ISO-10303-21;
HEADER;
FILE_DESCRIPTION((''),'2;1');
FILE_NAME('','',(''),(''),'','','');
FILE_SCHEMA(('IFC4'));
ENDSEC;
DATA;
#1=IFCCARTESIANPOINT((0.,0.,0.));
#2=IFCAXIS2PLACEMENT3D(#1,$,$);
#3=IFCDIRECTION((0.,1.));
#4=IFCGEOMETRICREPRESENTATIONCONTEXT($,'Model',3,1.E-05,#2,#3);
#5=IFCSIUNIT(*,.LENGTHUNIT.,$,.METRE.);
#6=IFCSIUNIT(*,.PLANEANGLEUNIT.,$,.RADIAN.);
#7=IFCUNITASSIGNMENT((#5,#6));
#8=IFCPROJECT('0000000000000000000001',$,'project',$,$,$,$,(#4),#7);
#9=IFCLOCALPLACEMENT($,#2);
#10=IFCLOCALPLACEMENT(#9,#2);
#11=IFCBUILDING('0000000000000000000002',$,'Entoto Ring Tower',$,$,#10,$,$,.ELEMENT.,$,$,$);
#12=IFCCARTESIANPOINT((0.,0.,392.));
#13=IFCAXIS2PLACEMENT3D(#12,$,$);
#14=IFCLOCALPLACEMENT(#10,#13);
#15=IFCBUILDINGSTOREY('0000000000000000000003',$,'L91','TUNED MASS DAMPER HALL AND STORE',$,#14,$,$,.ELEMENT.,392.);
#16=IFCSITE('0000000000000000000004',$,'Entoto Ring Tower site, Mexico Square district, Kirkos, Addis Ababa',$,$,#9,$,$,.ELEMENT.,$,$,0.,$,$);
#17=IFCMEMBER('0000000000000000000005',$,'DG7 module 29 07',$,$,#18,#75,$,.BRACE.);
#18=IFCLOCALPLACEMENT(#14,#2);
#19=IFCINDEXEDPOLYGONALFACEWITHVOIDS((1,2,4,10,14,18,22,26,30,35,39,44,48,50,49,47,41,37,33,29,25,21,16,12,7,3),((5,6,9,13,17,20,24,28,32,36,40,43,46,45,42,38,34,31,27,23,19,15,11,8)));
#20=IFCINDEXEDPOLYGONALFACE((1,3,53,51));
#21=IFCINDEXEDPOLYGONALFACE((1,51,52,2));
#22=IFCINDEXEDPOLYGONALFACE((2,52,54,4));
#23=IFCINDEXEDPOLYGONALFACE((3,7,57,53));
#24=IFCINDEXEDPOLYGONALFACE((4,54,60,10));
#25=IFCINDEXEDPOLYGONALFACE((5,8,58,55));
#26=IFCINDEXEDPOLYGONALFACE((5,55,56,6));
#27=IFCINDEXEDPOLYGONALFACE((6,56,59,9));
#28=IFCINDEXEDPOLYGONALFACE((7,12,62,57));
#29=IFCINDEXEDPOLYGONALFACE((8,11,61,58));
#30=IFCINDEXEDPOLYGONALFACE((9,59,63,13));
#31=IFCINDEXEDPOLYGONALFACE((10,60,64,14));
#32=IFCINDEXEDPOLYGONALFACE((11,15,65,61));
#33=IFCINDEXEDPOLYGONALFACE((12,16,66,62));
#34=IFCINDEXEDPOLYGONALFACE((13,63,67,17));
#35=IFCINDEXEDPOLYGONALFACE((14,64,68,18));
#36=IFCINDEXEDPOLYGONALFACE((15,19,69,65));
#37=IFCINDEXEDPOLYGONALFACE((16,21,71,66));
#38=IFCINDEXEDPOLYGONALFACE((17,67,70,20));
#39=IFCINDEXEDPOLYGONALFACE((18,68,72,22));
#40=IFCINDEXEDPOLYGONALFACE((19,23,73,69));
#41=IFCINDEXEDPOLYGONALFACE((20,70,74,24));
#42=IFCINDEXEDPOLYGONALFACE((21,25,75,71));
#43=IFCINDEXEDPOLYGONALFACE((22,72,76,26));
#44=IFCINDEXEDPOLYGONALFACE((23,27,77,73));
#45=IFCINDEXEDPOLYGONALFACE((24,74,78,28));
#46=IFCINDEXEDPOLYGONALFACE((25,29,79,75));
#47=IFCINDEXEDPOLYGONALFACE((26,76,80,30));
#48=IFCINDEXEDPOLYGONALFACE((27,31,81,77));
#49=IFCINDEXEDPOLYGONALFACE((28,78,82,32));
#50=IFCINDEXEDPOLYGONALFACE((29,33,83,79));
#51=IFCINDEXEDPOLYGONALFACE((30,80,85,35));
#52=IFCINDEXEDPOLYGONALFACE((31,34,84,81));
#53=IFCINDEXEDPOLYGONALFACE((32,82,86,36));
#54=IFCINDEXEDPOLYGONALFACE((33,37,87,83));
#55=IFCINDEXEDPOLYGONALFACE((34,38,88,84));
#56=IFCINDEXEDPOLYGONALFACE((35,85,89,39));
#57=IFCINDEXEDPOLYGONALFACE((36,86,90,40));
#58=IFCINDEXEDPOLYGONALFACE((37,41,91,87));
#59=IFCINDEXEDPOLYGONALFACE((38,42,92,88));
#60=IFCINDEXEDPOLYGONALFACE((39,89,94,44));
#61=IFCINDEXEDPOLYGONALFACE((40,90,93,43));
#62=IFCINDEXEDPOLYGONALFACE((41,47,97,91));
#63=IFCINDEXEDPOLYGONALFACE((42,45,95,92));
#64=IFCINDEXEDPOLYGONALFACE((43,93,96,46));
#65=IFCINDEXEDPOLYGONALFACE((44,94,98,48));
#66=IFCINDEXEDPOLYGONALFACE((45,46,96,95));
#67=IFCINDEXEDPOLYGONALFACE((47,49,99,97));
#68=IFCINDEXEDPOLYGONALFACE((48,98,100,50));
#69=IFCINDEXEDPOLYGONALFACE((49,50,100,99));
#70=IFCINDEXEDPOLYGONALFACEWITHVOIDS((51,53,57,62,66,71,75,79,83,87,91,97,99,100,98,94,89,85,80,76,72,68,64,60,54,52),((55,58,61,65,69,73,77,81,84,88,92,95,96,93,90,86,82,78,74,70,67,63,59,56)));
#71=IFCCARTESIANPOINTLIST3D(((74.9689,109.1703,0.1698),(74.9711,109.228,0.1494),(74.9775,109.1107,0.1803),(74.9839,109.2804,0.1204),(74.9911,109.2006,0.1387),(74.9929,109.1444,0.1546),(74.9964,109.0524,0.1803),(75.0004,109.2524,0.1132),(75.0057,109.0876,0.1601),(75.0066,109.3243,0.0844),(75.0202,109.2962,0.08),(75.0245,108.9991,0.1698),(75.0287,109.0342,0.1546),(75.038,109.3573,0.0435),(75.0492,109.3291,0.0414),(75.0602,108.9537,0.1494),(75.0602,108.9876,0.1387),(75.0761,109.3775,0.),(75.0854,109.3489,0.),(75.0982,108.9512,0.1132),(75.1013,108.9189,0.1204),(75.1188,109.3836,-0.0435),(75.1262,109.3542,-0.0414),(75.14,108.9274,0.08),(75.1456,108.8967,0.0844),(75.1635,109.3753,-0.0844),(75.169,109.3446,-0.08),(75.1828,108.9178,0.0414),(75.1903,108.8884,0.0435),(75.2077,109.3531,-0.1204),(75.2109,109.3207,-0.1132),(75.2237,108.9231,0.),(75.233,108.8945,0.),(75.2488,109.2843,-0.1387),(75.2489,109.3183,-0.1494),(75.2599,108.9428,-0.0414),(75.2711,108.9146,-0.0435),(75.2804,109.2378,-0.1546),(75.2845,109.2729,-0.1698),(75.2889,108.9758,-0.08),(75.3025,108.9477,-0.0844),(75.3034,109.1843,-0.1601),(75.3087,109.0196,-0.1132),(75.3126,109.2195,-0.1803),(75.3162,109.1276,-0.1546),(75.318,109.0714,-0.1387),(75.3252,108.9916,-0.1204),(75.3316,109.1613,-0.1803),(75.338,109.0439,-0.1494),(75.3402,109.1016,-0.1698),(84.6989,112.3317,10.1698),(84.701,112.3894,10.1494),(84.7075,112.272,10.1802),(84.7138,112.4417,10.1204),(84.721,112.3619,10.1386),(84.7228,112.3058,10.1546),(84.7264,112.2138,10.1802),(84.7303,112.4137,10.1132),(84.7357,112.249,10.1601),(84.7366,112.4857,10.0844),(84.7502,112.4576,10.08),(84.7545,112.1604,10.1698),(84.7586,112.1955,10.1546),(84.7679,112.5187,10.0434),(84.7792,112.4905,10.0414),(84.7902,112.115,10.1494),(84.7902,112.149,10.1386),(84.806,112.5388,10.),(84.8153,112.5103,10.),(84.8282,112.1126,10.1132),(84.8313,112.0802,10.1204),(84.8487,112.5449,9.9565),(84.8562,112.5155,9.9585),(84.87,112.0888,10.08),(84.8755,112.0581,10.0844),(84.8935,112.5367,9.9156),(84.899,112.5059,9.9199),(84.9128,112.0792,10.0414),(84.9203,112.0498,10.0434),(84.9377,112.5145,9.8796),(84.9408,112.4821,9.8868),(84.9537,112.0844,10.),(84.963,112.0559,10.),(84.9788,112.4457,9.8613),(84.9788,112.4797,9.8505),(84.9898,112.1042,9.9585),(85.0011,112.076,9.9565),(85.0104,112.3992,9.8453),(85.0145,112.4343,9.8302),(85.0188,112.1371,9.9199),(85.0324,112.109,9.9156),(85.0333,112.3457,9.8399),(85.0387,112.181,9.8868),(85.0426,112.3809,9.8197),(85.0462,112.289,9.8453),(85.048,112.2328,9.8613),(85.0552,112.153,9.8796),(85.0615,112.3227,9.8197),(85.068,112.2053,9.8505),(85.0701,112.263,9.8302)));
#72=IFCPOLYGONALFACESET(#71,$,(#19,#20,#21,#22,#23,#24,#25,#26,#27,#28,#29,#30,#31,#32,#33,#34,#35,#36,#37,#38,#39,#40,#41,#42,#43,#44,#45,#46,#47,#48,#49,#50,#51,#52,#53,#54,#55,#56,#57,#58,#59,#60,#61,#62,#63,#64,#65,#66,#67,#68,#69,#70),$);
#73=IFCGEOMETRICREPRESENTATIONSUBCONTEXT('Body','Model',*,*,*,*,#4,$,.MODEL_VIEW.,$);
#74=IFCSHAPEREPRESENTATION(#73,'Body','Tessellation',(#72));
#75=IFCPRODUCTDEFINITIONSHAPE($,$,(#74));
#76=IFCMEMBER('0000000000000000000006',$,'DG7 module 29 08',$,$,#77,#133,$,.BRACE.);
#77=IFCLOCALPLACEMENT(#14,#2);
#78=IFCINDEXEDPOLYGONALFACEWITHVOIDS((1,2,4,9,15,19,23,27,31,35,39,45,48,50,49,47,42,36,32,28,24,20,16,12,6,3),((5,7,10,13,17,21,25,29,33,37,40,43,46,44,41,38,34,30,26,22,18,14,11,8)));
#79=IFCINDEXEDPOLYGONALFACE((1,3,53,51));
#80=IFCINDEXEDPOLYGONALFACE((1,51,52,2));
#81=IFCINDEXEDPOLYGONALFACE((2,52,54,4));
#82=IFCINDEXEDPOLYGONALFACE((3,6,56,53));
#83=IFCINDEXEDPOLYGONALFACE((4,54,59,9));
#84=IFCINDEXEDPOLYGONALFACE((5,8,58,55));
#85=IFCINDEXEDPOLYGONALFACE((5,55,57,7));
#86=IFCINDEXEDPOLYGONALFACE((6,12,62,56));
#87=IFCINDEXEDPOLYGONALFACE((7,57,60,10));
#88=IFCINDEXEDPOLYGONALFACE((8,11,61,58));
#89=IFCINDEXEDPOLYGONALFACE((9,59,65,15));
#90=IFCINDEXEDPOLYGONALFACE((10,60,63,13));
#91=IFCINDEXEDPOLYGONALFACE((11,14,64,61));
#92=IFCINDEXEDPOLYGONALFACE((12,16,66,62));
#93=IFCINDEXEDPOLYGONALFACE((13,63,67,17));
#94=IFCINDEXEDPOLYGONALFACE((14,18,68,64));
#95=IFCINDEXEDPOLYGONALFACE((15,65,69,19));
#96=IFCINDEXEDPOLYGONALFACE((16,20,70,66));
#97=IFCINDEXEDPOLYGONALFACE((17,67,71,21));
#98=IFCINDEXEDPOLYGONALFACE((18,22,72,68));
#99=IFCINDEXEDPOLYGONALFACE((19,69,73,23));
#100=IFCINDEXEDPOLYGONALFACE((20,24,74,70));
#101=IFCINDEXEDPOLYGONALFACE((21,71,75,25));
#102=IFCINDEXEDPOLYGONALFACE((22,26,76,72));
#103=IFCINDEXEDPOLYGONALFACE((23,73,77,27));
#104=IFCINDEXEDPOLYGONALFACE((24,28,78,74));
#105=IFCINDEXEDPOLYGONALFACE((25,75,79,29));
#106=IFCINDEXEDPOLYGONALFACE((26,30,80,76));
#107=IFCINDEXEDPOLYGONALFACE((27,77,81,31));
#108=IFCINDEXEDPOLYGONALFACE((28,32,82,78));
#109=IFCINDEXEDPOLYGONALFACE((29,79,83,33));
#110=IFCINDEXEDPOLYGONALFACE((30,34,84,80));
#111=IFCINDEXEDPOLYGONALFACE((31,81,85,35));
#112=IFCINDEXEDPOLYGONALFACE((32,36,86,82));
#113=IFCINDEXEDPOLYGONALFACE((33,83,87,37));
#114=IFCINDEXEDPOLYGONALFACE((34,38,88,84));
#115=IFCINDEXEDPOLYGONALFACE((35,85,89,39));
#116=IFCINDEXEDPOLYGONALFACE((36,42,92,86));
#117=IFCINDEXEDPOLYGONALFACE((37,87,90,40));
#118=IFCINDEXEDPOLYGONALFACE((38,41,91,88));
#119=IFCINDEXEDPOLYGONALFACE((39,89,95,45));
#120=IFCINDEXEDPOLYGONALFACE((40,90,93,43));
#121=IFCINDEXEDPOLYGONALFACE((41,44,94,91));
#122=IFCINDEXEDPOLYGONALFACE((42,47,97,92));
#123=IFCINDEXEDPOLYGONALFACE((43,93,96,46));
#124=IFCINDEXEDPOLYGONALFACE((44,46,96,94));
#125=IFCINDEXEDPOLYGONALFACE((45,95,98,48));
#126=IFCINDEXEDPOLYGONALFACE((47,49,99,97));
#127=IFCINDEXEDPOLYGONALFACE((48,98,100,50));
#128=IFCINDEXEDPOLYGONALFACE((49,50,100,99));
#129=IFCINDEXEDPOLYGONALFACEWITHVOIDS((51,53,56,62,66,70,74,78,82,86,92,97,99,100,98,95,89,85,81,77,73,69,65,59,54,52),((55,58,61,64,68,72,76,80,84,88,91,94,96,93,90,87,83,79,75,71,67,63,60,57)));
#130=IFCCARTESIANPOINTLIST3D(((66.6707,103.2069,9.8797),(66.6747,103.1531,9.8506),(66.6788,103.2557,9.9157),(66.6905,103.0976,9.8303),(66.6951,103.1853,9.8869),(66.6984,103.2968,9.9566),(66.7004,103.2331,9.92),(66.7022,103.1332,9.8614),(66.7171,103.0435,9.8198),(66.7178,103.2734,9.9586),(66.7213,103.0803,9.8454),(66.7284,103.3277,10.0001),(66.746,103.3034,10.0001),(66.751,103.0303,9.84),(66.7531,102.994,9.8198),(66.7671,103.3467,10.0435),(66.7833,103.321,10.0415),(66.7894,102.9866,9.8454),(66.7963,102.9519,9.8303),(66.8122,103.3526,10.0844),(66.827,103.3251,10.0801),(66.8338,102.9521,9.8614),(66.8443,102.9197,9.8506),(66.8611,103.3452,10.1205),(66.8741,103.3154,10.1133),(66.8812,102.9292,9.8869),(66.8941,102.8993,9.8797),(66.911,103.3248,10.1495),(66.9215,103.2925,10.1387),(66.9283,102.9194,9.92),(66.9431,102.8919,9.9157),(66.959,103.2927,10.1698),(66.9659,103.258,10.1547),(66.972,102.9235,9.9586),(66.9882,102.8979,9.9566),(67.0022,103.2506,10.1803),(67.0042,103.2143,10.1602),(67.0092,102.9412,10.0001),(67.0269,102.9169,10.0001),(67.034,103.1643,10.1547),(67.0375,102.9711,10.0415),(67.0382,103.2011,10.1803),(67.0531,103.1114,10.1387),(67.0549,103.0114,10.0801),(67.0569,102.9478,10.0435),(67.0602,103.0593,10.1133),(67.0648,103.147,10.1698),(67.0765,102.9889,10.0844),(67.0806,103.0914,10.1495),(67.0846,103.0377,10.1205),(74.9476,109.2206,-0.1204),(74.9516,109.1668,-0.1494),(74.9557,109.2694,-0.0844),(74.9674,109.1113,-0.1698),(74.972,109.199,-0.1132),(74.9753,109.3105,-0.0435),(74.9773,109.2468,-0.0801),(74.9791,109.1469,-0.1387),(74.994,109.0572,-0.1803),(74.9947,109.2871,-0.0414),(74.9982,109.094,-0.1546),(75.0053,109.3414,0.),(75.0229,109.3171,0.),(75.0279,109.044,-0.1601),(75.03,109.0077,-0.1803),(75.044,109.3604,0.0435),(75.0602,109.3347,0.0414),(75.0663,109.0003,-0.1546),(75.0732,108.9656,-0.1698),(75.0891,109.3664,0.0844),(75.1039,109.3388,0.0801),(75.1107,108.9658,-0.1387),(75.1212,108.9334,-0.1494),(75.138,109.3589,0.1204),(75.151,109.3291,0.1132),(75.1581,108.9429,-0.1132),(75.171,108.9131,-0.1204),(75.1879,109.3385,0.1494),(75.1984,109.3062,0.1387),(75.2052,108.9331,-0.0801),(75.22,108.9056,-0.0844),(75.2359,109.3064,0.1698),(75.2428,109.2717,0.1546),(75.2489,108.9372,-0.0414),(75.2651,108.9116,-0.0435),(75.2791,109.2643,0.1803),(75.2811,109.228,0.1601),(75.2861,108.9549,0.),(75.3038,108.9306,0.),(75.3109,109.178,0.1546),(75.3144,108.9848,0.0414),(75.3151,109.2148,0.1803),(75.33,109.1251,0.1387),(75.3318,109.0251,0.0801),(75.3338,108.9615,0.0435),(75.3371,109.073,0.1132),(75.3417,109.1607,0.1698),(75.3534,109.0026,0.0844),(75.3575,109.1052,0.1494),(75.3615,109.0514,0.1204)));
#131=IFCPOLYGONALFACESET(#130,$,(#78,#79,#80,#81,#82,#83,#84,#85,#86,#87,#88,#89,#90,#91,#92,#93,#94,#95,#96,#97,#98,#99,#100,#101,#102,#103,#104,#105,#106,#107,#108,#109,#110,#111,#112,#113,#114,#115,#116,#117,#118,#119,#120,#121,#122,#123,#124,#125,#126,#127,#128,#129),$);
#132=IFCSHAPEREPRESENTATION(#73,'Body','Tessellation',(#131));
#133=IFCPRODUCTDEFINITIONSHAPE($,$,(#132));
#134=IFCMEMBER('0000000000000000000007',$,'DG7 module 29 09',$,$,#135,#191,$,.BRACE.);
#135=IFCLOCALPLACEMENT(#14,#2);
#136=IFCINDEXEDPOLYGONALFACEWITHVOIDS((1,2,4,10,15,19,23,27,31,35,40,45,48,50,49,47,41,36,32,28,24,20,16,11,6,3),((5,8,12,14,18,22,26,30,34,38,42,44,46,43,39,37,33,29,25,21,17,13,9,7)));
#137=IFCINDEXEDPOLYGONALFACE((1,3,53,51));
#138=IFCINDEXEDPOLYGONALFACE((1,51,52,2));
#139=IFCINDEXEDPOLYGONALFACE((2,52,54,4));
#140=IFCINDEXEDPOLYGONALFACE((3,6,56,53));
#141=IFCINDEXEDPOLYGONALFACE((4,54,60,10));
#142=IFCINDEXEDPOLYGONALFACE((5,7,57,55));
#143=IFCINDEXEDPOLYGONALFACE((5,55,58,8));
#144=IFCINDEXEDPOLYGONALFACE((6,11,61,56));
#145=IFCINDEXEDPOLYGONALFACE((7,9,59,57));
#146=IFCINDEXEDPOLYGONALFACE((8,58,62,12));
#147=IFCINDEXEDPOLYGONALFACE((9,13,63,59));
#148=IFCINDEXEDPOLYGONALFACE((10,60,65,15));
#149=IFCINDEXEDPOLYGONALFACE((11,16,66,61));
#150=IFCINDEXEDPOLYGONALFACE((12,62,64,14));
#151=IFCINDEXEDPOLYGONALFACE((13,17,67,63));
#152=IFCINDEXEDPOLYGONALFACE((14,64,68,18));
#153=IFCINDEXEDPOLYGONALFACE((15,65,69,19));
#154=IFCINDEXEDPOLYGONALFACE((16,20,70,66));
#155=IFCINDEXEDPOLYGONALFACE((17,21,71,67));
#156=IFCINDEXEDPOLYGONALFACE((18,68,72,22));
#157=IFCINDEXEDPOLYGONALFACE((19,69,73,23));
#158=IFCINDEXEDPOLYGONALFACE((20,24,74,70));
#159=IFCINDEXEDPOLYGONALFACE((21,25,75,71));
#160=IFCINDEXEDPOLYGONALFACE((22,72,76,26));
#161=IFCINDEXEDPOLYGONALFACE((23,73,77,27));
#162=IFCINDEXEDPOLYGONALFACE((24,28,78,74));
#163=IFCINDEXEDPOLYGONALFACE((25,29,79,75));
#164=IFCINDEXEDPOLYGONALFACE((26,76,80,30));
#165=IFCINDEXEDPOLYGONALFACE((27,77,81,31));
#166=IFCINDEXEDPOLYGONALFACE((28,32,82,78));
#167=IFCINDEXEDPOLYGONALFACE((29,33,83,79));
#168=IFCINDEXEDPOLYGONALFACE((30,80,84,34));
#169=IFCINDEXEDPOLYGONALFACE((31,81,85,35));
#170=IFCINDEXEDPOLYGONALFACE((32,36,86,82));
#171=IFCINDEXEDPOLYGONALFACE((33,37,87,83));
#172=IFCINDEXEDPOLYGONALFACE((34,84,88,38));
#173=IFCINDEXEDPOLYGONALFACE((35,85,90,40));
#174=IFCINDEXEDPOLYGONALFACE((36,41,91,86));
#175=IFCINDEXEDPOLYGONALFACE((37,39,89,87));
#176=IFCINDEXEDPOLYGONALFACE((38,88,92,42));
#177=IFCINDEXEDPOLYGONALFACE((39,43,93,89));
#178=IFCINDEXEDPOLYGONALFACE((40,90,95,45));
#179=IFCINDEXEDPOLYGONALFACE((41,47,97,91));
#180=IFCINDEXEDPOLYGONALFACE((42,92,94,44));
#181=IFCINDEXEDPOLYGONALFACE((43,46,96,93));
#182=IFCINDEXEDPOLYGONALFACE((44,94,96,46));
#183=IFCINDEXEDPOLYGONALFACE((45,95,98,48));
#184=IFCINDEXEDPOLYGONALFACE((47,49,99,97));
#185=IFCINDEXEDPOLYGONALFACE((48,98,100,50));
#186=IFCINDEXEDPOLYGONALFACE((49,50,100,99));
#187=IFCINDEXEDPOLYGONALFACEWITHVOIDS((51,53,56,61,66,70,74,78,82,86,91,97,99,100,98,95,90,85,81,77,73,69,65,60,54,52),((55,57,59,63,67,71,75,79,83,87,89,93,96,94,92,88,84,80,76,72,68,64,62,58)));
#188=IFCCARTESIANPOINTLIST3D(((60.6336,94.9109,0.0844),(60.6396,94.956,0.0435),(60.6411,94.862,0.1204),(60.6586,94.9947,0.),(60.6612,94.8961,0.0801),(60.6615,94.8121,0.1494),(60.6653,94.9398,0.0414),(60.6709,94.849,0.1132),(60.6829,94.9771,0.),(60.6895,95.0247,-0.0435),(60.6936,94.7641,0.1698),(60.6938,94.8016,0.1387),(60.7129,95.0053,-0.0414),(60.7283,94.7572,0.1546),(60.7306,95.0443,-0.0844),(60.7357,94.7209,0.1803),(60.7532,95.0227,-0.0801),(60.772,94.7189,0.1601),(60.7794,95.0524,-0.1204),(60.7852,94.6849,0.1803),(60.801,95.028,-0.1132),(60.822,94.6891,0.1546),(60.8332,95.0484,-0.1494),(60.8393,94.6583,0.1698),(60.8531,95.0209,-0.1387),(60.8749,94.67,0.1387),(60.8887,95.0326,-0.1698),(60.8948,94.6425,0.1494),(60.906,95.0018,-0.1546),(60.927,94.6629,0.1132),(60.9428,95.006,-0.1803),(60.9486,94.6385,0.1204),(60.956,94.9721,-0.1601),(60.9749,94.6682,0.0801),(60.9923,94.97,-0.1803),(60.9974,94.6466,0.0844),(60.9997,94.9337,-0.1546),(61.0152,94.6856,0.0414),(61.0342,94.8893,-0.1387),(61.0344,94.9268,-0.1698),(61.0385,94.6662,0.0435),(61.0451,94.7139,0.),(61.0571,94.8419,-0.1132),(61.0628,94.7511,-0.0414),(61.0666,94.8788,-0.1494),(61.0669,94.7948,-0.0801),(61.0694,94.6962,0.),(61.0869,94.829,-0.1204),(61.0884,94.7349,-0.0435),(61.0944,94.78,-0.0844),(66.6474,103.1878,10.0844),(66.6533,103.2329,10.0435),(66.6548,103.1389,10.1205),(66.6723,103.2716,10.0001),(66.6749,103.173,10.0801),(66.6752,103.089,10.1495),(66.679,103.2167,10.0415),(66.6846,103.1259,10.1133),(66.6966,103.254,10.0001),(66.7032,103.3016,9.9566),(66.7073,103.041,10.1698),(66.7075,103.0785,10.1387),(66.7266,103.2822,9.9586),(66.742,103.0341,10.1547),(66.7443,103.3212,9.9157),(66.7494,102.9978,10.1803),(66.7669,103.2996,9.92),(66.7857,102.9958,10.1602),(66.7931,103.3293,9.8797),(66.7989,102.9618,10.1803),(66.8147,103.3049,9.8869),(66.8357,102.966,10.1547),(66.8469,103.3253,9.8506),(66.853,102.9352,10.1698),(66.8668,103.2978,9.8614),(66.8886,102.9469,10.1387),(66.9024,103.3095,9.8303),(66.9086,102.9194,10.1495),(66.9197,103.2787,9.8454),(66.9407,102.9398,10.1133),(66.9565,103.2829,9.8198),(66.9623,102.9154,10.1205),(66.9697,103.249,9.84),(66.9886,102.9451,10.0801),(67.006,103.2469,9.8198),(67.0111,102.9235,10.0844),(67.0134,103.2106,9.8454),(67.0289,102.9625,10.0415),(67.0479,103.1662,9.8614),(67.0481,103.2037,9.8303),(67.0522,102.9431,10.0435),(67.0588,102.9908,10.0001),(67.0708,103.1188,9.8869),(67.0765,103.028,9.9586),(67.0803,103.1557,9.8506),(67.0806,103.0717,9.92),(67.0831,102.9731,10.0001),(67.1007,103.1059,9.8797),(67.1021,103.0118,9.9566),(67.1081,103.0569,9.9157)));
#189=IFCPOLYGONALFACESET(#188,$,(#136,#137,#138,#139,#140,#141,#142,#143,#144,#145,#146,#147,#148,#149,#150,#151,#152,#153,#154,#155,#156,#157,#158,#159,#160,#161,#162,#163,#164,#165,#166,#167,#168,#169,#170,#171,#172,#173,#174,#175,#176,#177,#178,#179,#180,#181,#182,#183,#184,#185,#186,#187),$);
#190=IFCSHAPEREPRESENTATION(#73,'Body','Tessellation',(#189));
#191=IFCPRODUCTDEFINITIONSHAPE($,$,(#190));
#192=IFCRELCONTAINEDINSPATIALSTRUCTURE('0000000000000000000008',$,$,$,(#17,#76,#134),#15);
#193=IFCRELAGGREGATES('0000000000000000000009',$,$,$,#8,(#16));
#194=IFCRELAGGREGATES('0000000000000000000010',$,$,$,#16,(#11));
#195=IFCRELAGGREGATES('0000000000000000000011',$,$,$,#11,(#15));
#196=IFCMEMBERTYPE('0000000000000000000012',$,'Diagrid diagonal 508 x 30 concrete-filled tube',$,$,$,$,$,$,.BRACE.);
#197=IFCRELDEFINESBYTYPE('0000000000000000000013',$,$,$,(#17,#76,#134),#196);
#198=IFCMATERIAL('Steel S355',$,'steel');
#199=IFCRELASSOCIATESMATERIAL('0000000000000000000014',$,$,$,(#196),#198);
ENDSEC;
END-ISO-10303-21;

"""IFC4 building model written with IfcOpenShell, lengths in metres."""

from ifc_helpers import new_model, si_unit, direction, frame, origin, origin_2d, place, context, subcontext, project, spatial, circle, hollow_circle, extrude, material, material_profile, profile_set, type_object, element, save


model = new_model("IFC4")

# Units and contexts
model_context = context("Model", 3, precision=1e-05, world=origin(), true_north=direction((0.0, 1.0)))
body_context = subcontext(model_context, "Body", "Model", "MODEL_VIEW")
ifc_project = project(units=[si_unit("LENGTHUNIT", "METRE"), si_unit("PLANEANGLEUNIT", "RADIAN")], contexts=[model_context])

# Site, building, storey
site_placement = place(None, origin())
site = spatial("IfcSite", under=ifc_project, at=site_placement, Name="Entoto Ring Tower site, Mexico Square district, Kirkos, Addis Ababa", CompositionType="ELEMENT", RefElevation=0.0)
building_placement = place(site_placement, origin())
building = spatial("IfcBuilding", under=site, at=building_placement, Name="Entoto Ring Tower", CompositionType="ELEMENT")
storey_placement = place(building_placement, frame((0.0, 0.0, 392.0)))
storey = spatial("IfcBuildingStorey", under=building, at=storey_placement, Name="L91", Description="TUNED MASS DAMPER HALL AND STORE", CompositionType="ELEMENT", Elevation=392.0)

# Members
ifc_material_1 = material(Name="Steel S355", Category="steel")
ifc_material_profile_1 = material_profile(ifc_material_1, hollow_circle(Radius=0.2539, WallThickness=0.03, at=origin_2d()), Name="CHS 508 x 30")
ifc_material_2 = material(Name="Concrete C60/75", Category="concrete")
ifc_material_profile_2 = material_profile(ifc_material_2, circle(Radius=0.2241, at=origin_2d()), Name="Concrete C60/75 infill")
ifc_profile_set_1 = profile_set([ifc_material_profile_1, ifc_material_profile_2], Name="Steel S355")
member_type_1 = type_object("IfcMemberType", Name="Diagrid diagonal 508 x 30 concrete-filled tube", PredefinedType="BRACE", material=ifc_profile_set_1)
member_1_placement = place(storey_placement, frame((75.1545, 109.136, 0.0), z_axis=(0.680124, 0.22098, 0.698999), x_axis=(-0.309009, 0.951059, 0.0)))
element("IfcMember", 1, at=member_1_placement, inside=storey, type_object=member_type_1, Name="DG7 module 29 07", PredefinedType="BRACE", context=body_context, shape_type="SweptSolid", body=[
    extrude(hollow_circle(Radius=0.2539, WallThickness=0.03, at=origin_2d()), origin(), (0.0, 0.0, 1.0), 14.3062),
])
for number, where, z_axis, x_axis, name in (
    (2, (75.1545, 109.136, 0.0), (-0.578546, -0.420351, 0.698992), (0.587797, -0.809008, 0.0), "DG7 module 29 08"),
    (3, (60.864, 94.8455, 0.0), (0.420351, 0.578546, 0.698992), (-0.809008, 0.587797, 0.0), "DG7 module 29 09"),
):
    element("IfcMember", number, at=place(storey_placement, frame(where, z_axis=z_axis, x_axis=x_axis)), inside=storey, type_object=member_type_1, Name=name, PredefinedType="BRACE", context=body_context, shape_type="SweptSolid", body=[
        extrude(hollow_circle(Radius=0.2539, WallThickness=0.03, at=origin_2d()), origin(), (0.0, 0.0, 1.0), 14.3064),
    ])

save(model, "model.ifc")
